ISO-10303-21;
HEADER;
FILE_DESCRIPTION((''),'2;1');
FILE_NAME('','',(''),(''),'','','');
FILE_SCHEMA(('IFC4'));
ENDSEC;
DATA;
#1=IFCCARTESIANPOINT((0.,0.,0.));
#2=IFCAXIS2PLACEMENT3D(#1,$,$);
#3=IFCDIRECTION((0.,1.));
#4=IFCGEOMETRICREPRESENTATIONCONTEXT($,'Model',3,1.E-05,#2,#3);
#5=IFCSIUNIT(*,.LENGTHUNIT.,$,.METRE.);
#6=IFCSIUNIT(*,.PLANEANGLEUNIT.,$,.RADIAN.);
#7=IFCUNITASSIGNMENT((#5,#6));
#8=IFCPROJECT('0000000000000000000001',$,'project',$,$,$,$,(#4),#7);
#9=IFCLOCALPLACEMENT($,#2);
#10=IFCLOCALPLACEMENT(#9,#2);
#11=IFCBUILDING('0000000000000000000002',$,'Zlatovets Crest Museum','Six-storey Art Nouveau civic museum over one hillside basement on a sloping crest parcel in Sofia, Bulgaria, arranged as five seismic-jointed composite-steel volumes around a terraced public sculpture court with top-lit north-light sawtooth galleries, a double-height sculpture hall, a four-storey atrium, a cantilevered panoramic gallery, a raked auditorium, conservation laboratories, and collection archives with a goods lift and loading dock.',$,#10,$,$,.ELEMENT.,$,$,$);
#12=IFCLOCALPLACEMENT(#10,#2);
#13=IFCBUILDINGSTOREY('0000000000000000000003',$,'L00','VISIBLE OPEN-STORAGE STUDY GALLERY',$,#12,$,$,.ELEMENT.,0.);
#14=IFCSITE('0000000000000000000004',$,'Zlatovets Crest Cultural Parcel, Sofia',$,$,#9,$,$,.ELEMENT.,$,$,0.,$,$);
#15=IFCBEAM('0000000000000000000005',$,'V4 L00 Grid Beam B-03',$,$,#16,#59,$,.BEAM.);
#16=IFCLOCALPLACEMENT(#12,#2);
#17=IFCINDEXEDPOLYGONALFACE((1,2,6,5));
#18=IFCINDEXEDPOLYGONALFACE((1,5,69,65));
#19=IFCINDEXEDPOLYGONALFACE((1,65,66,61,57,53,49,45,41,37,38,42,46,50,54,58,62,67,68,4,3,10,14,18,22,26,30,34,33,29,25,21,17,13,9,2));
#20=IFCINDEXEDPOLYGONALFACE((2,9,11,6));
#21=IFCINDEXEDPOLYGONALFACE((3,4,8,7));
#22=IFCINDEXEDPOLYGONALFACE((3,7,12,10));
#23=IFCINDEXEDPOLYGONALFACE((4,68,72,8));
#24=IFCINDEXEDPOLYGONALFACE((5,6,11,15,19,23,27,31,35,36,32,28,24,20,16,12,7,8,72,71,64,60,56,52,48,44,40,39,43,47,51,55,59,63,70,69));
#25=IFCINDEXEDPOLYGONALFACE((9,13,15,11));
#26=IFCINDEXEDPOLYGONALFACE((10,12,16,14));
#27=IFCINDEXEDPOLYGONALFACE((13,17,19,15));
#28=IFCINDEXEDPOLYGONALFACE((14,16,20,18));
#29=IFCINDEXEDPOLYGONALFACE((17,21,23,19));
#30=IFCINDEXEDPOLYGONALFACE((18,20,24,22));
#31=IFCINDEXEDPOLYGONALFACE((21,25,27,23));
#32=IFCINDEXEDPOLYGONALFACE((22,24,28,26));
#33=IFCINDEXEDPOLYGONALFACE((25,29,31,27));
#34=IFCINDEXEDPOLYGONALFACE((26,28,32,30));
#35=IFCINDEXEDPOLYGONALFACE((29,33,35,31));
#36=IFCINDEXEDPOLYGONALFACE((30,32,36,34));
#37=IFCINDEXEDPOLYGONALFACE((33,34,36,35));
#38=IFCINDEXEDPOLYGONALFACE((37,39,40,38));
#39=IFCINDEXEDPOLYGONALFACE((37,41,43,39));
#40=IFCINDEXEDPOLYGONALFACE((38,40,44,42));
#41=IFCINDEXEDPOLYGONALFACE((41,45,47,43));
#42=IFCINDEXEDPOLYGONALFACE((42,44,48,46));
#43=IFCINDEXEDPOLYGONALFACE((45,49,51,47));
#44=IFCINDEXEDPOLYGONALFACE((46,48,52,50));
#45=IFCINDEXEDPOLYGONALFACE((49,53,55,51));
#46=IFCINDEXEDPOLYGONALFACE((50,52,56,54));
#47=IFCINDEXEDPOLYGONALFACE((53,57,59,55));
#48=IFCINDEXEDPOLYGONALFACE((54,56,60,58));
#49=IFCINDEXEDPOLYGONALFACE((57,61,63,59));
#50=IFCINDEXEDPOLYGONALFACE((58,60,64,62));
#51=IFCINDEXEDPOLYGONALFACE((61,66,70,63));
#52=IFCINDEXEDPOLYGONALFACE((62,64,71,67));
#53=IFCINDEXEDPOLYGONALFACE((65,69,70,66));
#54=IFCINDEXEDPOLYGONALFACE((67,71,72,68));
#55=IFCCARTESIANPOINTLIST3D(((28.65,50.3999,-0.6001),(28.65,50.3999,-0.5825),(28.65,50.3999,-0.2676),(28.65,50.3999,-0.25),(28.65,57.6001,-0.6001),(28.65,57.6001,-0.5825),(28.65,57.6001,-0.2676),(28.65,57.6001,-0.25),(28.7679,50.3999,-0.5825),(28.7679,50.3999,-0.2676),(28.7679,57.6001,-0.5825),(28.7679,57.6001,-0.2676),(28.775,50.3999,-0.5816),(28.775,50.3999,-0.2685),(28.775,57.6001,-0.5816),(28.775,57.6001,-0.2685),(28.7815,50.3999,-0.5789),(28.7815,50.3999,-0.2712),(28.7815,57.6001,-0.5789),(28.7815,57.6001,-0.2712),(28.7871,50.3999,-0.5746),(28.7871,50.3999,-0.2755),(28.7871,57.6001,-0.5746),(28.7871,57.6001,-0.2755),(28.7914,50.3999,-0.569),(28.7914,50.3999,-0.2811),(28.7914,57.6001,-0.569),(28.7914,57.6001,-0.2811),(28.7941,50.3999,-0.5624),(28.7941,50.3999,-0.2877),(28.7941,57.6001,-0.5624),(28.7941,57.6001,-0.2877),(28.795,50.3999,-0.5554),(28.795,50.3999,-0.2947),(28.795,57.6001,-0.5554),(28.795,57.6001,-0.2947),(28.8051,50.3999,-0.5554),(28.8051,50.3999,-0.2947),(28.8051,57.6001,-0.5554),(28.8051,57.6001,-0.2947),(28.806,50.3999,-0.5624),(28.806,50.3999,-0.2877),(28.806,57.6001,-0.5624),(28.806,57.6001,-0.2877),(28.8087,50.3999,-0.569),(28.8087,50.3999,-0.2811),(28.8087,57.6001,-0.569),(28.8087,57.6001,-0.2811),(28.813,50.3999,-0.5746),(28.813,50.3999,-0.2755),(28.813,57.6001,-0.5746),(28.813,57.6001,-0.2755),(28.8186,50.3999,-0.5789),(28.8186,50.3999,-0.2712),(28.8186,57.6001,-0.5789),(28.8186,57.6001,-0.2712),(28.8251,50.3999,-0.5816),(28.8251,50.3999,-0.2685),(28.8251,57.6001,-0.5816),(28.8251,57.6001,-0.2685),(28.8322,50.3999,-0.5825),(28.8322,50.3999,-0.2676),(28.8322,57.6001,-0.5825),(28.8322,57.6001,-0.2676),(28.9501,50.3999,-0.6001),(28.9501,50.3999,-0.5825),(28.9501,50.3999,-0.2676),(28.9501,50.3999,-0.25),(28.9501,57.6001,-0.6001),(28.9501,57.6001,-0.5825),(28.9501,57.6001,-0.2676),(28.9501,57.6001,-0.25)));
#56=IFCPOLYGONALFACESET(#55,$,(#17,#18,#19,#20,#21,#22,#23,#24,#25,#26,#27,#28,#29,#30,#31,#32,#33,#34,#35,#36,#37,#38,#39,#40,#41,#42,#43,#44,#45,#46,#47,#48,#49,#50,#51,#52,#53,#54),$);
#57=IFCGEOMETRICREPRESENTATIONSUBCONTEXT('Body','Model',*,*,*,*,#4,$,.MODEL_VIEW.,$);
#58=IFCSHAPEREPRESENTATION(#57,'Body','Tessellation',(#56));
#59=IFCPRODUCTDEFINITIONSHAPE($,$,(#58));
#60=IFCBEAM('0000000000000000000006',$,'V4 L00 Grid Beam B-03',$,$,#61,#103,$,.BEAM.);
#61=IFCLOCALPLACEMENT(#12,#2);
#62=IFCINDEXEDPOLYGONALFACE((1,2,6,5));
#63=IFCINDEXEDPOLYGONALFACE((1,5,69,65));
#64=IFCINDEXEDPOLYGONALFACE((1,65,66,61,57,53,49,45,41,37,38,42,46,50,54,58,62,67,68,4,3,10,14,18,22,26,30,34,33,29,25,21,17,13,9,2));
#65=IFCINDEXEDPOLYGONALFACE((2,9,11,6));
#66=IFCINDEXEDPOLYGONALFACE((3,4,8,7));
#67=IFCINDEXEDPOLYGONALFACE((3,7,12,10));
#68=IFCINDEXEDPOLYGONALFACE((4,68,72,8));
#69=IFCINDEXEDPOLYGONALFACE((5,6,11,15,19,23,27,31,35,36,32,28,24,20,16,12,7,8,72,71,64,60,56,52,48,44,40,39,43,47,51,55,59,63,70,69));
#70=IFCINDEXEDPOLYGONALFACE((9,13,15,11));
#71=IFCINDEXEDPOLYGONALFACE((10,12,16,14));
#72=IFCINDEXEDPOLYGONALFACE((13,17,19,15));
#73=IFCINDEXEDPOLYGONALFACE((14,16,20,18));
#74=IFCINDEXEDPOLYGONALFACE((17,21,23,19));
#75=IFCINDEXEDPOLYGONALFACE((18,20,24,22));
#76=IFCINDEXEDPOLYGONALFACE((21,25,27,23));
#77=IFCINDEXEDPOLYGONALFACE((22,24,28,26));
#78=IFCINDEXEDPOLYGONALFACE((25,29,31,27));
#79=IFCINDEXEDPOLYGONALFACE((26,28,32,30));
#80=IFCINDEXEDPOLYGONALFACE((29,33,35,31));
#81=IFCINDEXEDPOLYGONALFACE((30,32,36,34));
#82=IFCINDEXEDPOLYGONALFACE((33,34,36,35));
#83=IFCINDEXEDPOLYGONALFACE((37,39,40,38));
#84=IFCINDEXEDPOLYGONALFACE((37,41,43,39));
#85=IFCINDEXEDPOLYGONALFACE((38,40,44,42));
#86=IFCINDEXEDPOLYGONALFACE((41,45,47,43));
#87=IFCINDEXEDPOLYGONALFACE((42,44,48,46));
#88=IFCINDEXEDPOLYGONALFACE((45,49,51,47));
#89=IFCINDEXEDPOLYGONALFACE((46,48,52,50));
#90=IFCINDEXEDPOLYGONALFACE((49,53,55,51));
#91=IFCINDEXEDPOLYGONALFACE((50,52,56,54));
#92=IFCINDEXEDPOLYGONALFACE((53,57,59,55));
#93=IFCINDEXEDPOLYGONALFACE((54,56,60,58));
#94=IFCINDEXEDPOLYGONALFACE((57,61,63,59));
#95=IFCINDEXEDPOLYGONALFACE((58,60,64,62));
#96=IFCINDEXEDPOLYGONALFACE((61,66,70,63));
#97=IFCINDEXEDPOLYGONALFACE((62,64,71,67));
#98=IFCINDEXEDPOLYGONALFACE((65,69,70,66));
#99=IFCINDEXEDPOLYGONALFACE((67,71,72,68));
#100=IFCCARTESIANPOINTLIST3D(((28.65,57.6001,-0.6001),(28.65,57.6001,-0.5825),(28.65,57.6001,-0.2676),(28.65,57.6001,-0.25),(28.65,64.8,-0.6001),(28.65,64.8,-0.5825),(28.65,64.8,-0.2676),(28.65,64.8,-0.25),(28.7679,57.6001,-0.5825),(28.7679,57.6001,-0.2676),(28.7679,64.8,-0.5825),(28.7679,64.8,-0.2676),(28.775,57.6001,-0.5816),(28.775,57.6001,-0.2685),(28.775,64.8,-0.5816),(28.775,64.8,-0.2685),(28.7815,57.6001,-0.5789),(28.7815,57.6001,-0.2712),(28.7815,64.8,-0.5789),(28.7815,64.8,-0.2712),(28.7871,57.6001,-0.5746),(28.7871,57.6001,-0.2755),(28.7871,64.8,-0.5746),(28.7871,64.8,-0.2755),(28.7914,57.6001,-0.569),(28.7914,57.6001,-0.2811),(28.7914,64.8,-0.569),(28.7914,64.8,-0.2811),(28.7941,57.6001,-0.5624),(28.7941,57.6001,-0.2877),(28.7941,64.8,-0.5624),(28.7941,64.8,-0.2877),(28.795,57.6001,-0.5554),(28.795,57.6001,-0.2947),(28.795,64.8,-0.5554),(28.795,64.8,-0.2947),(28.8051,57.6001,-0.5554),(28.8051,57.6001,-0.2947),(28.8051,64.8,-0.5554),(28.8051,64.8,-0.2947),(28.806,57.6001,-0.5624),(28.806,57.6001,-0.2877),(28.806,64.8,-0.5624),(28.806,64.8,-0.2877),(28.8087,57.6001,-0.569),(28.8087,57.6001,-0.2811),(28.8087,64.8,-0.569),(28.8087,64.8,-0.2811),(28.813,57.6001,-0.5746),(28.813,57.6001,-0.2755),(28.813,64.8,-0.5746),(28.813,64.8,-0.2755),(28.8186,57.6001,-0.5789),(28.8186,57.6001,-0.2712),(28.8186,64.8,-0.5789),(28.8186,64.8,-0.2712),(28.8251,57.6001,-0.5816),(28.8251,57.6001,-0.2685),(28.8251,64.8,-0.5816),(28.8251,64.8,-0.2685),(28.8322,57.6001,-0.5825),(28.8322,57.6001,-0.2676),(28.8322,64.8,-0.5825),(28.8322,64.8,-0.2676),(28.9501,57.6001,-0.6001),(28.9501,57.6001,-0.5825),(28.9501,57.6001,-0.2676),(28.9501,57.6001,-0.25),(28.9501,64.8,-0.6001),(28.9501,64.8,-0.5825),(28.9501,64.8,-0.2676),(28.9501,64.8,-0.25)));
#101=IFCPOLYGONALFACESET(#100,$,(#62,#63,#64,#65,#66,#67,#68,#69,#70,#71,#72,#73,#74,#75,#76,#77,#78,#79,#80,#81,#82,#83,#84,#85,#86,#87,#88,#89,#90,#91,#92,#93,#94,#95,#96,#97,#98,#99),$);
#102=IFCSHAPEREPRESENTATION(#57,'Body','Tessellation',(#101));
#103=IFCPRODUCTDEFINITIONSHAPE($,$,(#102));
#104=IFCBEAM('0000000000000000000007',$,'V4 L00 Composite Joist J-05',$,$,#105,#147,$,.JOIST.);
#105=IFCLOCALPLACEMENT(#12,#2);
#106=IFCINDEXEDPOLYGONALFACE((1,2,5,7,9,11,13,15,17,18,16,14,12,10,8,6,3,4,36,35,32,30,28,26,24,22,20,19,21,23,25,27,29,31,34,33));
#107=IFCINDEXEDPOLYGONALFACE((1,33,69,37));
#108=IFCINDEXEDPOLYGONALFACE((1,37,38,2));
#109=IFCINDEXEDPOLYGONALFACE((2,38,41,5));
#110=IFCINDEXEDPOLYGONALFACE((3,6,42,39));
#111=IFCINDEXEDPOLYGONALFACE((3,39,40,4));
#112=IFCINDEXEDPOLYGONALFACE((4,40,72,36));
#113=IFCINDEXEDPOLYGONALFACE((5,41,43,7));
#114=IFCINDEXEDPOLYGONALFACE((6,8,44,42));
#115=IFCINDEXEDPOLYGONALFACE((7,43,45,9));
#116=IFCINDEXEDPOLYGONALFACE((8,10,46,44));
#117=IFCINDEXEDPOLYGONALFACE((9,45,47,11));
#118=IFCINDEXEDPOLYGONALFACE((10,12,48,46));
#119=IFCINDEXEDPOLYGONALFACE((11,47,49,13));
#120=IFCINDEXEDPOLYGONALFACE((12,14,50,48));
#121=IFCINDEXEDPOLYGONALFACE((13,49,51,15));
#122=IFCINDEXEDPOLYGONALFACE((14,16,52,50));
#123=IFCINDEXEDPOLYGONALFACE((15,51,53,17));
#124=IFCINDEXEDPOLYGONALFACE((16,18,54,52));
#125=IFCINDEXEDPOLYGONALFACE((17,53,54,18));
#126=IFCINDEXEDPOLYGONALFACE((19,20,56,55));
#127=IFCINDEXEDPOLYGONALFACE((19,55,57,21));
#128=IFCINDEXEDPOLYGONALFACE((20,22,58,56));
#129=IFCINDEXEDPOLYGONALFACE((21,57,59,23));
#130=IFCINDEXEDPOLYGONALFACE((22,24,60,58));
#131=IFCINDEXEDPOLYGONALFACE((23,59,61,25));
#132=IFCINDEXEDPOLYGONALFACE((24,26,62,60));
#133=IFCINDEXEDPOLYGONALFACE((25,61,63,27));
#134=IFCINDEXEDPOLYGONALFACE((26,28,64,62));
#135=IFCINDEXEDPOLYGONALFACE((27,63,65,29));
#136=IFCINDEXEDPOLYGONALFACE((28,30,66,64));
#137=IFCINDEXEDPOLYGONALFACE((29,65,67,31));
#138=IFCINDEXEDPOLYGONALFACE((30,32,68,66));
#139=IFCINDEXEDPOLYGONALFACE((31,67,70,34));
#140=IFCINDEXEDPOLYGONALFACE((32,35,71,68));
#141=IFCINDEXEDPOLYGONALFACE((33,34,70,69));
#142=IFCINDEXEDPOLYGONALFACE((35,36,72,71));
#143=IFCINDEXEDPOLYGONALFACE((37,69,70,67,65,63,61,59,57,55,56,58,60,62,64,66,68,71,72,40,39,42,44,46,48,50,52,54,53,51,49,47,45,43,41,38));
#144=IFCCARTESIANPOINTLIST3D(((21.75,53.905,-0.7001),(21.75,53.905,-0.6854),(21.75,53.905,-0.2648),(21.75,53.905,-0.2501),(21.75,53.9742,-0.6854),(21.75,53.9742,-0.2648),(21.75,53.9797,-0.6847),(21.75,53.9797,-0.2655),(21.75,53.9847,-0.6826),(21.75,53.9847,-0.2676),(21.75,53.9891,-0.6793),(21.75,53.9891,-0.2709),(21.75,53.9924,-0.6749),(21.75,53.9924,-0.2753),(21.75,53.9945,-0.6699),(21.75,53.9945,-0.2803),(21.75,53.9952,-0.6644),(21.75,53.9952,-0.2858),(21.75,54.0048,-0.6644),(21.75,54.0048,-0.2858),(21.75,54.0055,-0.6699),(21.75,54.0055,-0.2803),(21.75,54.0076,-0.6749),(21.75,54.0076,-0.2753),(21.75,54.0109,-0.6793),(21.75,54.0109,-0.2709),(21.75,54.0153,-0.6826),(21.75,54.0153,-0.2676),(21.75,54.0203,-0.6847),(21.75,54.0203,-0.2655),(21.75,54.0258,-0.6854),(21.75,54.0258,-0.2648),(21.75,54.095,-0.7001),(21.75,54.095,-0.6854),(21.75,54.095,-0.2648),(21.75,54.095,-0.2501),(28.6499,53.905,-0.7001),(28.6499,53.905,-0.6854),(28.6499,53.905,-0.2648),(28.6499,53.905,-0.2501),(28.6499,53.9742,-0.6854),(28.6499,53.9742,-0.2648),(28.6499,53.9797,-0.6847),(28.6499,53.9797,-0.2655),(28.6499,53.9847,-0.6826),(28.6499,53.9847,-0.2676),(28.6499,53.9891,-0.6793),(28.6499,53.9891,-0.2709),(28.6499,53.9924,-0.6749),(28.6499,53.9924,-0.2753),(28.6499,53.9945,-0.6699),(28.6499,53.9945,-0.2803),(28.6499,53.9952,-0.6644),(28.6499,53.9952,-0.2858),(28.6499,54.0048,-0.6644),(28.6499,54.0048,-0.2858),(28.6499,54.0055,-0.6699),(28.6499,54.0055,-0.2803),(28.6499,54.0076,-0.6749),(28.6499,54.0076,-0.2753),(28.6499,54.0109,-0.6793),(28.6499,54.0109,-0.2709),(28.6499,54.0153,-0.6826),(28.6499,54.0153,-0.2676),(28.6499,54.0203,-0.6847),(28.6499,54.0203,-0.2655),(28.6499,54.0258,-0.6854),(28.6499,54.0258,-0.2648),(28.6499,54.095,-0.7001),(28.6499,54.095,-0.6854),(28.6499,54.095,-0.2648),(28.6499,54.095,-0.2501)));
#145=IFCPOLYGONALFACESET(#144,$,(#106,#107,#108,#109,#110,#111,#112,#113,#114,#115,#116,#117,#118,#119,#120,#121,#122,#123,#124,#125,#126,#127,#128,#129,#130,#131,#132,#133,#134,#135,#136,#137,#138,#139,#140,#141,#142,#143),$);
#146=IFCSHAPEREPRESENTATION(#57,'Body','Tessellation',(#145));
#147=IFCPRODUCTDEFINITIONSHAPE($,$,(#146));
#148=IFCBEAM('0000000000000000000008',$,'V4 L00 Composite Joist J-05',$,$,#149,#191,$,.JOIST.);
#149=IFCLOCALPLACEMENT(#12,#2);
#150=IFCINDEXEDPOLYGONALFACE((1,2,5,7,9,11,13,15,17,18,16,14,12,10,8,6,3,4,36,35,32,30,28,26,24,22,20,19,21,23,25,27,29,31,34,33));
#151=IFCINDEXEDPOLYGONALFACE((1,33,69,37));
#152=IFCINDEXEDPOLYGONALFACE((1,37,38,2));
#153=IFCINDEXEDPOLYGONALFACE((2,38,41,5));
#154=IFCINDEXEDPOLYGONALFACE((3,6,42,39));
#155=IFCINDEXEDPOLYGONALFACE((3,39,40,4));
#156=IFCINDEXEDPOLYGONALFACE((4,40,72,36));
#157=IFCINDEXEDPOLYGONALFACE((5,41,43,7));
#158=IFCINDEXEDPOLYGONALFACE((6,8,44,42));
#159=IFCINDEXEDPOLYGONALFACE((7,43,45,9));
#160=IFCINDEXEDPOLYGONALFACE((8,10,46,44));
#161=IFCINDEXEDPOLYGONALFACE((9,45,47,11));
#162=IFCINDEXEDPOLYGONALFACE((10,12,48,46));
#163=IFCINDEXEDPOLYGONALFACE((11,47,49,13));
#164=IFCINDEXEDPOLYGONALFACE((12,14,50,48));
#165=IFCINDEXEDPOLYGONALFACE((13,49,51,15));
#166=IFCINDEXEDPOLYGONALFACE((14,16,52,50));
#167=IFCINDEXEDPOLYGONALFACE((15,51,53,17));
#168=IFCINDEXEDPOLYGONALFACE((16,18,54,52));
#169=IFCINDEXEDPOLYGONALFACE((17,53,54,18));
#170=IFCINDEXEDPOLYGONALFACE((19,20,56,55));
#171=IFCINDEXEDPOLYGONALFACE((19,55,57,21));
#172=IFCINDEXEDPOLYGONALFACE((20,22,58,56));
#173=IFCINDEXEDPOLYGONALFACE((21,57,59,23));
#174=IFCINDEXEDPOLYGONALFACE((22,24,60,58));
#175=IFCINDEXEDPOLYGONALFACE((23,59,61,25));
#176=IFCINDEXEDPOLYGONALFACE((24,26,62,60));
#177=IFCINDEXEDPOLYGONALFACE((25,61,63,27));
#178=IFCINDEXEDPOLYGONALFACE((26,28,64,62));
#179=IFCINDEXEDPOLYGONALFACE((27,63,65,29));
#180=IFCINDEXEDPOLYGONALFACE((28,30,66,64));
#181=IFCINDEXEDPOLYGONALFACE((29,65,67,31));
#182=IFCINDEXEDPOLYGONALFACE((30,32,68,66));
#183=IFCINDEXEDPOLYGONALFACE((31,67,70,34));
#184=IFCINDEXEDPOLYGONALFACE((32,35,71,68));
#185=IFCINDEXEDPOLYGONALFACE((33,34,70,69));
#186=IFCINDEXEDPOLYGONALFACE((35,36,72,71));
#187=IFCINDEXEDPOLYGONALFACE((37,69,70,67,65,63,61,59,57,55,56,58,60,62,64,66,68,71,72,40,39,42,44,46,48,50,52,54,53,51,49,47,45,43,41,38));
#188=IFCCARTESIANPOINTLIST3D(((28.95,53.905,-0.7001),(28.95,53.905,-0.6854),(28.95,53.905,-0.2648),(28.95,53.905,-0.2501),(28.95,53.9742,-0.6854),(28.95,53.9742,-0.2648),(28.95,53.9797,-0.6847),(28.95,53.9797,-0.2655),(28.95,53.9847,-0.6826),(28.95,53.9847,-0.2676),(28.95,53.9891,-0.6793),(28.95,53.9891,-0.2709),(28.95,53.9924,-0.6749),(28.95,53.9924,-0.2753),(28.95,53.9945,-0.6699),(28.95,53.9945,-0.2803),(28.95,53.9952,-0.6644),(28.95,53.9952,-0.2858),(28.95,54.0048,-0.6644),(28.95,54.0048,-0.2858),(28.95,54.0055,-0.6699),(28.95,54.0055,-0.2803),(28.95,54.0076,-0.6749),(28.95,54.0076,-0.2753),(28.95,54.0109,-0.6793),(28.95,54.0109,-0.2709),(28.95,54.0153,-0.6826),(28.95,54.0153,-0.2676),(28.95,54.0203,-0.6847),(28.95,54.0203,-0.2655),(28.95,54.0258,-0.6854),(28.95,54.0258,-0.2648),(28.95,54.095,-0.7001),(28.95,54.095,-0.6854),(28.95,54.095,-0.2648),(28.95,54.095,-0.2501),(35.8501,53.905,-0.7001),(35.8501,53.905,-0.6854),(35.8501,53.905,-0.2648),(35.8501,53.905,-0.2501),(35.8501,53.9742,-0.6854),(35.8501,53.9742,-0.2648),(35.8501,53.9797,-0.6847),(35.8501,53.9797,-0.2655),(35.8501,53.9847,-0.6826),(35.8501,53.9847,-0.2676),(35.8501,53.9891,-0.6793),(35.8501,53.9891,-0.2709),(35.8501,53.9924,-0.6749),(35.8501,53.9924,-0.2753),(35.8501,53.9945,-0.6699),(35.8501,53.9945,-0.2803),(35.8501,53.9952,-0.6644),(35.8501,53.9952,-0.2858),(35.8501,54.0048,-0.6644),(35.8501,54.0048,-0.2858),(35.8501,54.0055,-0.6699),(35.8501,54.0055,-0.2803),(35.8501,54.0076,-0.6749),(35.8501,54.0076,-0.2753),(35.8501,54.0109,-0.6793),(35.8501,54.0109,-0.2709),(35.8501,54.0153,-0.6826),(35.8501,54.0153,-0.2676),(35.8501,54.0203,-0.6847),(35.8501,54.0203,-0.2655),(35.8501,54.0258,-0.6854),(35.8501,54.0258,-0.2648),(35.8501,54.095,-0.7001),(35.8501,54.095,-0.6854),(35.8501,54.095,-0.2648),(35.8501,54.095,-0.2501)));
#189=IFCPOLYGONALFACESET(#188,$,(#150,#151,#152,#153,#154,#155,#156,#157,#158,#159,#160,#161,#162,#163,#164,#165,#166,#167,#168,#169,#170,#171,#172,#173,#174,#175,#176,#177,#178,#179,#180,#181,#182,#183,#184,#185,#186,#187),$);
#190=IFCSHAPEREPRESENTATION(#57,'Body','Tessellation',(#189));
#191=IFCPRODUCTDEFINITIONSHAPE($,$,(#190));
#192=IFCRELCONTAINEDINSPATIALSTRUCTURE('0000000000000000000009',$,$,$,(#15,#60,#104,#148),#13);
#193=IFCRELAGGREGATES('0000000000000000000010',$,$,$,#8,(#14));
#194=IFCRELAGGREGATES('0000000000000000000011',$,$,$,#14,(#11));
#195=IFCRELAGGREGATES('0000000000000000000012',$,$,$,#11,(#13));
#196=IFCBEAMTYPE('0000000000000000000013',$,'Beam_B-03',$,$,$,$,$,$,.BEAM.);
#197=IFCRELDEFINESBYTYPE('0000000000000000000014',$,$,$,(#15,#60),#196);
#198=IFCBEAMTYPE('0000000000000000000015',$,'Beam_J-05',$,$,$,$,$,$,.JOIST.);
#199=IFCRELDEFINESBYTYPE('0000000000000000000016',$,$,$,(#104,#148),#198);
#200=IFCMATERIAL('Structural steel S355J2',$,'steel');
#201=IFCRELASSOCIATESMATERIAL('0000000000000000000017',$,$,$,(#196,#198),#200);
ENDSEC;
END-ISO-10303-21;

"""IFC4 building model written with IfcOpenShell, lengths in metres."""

from ifc_helpers import new_model, si_unit, direction, frame, origin, origin_2d, place, context, subcontext, project, spatial, i_section, extrude, material, material_profile, profile_set, type_object, element, save


model = new_model("IFC4")

# Units and contexts
model_context = context("Model", 3, precision=1e-05, world=origin(), true_north=direction((0.0, 1.0)))
body_context = subcontext(model_context, "Body", "Model", "MODEL_VIEW")
ifc_project = project(units=[si_unit("LENGTHUNIT", "METRE"), si_unit("PLANEANGLEUNIT", "RADIAN")], contexts=[model_context])

# Site, building, storey
site_placement = place(None, origin())
site = spatial("IfcSite", under=ifc_project, at=site_placement, Name="Zlatovets Crest Cultural Parcel, Sofia", CompositionType="ELEMENT", RefElevation=0.0)
building_placement = place(site_placement, origin())
building = spatial("IfcBuilding", under=site, at=building_placement, Name="Zlatovets Crest Museum", Description="Six-storey Art Nouveau civic museum over one hillside basement on a sloping crest parcel in Sofia, Bulgaria, arranged as five seismic-jointed composite-steel volumes around a terraced public sculpture court with top-lit north-light sawtooth galleries, a double-height sculpture hall, a four-storey atrium, a cantilevered panoramic gallery, a raked auditorium, conservation laboratories, and collection archives with a goods lift and loading dock.", CompositionType="ELEMENT")
storey_placement = place(building_placement, origin())
storey = spatial("IfcBuildingStorey", under=building, at=storey_placement, Name="L00", Description="VISIBLE OPEN-STORAGE STUDY GALLERY", CompositionType="ELEMENT", Elevation=0.0)

# Shared definitions
ifc_material_1 = material(Name="Structural steel S355J2", Category="steel")

# Beams
ifc_material_profile_1 = material_profile(ifc_material_1, i_section(OverallWidth=0.3, OverallDepth=0.3501, WebThickness=0.01, FlangeThickness=0.0176, FilletRadius=0.0271, at=origin_2d()), Name="HEA 360")
ifc_profile_set_1 = profile_set([ifc_material_profile_1], Name="Structural steel S355J2")
beam_type_1 = type_object("IfcBeamType", Name="Beam_B-03", PredefinedType="BEAM", material=ifc_profile_set_1)
beam_1_placement = place(storey_placement, frame((28.8, 50.3999, -0.425), z_axis=(0.0, 1.0, 0.0), x_axis=(-1.0, 0.0, 0.0)))
element("IfcBeam", 1, at=beam_1_placement, inside=storey, type_object=beam_type_1, Name="V4 L00 Grid Beam B-03", PredefinedType="BEAM", context=body_context, shape_type="SweptSolid", body=[
    extrude(i_section(OverallWidth=0.3, OverallDepth=0.3501, WebThickness=0.01, FlangeThickness=0.0176, FilletRadius=0.0271, at=origin_2d()), origin(), (0.0, 0.0, 1.0), 7.2002),
])
beam_2_placement = place(storey_placement, frame((28.8, 57.6001, -0.425), z_axis=(0.0, 1.0, 0.0), x_axis=(-1.0, 0.0, 0.0)))
element("IfcBeam", 2, at=beam_2_placement, inside=storey, type_object=beam_type_1, Name="V4 L00 Grid Beam B-03", PredefinedType="BEAM", context=body_context, shape_type="SweptSolid", body=[
    extrude(i_section(OverallWidth=0.3, OverallDepth=0.3501, WebThickness=0.01, FlangeThickness=0.0176, FilletRadius=0.0271, at=origin_2d()), origin(), (0.0, 0.0, 1.0), 7.2),
])
ifc_material_profile_2 = material_profile(ifc_material_1, i_section(OverallWidth=0.1899, OverallDepth=0.45, WebThickness=0.0095, FlangeThickness=0.0146, FilletRadius=0.021, at=origin_2d()), Name="IPE 450")
ifc_profile_set_2 = profile_set([ifc_material_profile_2], Name="Structural steel S355J2")
beam_type_2 = type_object("IfcBeamType", Name="Beam_J-05", PredefinedType="JOIST", material=ifc_profile_set_2)
beam_3_placement = place(storey_placement, frame((21.75, 54.0, -0.4751), z_axis=(1.0, 0.0, 0.0), x_axis=(0.0, 1.0, 0.0)))
element("IfcBeam", 3, at=beam_3_placement, inside=storey, type_object=beam_type_2, Name="V4 L00 Composite Joist J-05", PredefinedType="JOIST", context=body_context, shape_type="SweptSolid", body=[
    extrude(i_section(OverallWidth=0.1899, OverallDepth=0.45, WebThickness=0.0095, FlangeThickness=0.0146, FilletRadius=0.021, at=origin_2d()), origin(), (0.0, 0.0, 1.0), 6.8999),
])
beam_4_placement = place(storey_placement, frame((28.95, 54.0, -0.4751), z_axis=(1.0, 0.0, 0.0), x_axis=(0.0, 1.0, 0.0)))
element("IfcBeam", 4, at=beam_4_placement, inside=storey, type_object=beam_type_2, Name="V4 L00 Composite Joist J-05", PredefinedType="JOIST", context=body_context, shape_type="SweptSolid", body=[
    extrude(i_section(OverallWidth=0.1899, OverallDepth=0.45, WebThickness=0.0095, FlangeThickness=0.0146, FilletRadius=0.021, at=origin_2d()), origin(), (0.0, 0.0, 1.0), 6.9001),
])

save(model, "model.ifc")
